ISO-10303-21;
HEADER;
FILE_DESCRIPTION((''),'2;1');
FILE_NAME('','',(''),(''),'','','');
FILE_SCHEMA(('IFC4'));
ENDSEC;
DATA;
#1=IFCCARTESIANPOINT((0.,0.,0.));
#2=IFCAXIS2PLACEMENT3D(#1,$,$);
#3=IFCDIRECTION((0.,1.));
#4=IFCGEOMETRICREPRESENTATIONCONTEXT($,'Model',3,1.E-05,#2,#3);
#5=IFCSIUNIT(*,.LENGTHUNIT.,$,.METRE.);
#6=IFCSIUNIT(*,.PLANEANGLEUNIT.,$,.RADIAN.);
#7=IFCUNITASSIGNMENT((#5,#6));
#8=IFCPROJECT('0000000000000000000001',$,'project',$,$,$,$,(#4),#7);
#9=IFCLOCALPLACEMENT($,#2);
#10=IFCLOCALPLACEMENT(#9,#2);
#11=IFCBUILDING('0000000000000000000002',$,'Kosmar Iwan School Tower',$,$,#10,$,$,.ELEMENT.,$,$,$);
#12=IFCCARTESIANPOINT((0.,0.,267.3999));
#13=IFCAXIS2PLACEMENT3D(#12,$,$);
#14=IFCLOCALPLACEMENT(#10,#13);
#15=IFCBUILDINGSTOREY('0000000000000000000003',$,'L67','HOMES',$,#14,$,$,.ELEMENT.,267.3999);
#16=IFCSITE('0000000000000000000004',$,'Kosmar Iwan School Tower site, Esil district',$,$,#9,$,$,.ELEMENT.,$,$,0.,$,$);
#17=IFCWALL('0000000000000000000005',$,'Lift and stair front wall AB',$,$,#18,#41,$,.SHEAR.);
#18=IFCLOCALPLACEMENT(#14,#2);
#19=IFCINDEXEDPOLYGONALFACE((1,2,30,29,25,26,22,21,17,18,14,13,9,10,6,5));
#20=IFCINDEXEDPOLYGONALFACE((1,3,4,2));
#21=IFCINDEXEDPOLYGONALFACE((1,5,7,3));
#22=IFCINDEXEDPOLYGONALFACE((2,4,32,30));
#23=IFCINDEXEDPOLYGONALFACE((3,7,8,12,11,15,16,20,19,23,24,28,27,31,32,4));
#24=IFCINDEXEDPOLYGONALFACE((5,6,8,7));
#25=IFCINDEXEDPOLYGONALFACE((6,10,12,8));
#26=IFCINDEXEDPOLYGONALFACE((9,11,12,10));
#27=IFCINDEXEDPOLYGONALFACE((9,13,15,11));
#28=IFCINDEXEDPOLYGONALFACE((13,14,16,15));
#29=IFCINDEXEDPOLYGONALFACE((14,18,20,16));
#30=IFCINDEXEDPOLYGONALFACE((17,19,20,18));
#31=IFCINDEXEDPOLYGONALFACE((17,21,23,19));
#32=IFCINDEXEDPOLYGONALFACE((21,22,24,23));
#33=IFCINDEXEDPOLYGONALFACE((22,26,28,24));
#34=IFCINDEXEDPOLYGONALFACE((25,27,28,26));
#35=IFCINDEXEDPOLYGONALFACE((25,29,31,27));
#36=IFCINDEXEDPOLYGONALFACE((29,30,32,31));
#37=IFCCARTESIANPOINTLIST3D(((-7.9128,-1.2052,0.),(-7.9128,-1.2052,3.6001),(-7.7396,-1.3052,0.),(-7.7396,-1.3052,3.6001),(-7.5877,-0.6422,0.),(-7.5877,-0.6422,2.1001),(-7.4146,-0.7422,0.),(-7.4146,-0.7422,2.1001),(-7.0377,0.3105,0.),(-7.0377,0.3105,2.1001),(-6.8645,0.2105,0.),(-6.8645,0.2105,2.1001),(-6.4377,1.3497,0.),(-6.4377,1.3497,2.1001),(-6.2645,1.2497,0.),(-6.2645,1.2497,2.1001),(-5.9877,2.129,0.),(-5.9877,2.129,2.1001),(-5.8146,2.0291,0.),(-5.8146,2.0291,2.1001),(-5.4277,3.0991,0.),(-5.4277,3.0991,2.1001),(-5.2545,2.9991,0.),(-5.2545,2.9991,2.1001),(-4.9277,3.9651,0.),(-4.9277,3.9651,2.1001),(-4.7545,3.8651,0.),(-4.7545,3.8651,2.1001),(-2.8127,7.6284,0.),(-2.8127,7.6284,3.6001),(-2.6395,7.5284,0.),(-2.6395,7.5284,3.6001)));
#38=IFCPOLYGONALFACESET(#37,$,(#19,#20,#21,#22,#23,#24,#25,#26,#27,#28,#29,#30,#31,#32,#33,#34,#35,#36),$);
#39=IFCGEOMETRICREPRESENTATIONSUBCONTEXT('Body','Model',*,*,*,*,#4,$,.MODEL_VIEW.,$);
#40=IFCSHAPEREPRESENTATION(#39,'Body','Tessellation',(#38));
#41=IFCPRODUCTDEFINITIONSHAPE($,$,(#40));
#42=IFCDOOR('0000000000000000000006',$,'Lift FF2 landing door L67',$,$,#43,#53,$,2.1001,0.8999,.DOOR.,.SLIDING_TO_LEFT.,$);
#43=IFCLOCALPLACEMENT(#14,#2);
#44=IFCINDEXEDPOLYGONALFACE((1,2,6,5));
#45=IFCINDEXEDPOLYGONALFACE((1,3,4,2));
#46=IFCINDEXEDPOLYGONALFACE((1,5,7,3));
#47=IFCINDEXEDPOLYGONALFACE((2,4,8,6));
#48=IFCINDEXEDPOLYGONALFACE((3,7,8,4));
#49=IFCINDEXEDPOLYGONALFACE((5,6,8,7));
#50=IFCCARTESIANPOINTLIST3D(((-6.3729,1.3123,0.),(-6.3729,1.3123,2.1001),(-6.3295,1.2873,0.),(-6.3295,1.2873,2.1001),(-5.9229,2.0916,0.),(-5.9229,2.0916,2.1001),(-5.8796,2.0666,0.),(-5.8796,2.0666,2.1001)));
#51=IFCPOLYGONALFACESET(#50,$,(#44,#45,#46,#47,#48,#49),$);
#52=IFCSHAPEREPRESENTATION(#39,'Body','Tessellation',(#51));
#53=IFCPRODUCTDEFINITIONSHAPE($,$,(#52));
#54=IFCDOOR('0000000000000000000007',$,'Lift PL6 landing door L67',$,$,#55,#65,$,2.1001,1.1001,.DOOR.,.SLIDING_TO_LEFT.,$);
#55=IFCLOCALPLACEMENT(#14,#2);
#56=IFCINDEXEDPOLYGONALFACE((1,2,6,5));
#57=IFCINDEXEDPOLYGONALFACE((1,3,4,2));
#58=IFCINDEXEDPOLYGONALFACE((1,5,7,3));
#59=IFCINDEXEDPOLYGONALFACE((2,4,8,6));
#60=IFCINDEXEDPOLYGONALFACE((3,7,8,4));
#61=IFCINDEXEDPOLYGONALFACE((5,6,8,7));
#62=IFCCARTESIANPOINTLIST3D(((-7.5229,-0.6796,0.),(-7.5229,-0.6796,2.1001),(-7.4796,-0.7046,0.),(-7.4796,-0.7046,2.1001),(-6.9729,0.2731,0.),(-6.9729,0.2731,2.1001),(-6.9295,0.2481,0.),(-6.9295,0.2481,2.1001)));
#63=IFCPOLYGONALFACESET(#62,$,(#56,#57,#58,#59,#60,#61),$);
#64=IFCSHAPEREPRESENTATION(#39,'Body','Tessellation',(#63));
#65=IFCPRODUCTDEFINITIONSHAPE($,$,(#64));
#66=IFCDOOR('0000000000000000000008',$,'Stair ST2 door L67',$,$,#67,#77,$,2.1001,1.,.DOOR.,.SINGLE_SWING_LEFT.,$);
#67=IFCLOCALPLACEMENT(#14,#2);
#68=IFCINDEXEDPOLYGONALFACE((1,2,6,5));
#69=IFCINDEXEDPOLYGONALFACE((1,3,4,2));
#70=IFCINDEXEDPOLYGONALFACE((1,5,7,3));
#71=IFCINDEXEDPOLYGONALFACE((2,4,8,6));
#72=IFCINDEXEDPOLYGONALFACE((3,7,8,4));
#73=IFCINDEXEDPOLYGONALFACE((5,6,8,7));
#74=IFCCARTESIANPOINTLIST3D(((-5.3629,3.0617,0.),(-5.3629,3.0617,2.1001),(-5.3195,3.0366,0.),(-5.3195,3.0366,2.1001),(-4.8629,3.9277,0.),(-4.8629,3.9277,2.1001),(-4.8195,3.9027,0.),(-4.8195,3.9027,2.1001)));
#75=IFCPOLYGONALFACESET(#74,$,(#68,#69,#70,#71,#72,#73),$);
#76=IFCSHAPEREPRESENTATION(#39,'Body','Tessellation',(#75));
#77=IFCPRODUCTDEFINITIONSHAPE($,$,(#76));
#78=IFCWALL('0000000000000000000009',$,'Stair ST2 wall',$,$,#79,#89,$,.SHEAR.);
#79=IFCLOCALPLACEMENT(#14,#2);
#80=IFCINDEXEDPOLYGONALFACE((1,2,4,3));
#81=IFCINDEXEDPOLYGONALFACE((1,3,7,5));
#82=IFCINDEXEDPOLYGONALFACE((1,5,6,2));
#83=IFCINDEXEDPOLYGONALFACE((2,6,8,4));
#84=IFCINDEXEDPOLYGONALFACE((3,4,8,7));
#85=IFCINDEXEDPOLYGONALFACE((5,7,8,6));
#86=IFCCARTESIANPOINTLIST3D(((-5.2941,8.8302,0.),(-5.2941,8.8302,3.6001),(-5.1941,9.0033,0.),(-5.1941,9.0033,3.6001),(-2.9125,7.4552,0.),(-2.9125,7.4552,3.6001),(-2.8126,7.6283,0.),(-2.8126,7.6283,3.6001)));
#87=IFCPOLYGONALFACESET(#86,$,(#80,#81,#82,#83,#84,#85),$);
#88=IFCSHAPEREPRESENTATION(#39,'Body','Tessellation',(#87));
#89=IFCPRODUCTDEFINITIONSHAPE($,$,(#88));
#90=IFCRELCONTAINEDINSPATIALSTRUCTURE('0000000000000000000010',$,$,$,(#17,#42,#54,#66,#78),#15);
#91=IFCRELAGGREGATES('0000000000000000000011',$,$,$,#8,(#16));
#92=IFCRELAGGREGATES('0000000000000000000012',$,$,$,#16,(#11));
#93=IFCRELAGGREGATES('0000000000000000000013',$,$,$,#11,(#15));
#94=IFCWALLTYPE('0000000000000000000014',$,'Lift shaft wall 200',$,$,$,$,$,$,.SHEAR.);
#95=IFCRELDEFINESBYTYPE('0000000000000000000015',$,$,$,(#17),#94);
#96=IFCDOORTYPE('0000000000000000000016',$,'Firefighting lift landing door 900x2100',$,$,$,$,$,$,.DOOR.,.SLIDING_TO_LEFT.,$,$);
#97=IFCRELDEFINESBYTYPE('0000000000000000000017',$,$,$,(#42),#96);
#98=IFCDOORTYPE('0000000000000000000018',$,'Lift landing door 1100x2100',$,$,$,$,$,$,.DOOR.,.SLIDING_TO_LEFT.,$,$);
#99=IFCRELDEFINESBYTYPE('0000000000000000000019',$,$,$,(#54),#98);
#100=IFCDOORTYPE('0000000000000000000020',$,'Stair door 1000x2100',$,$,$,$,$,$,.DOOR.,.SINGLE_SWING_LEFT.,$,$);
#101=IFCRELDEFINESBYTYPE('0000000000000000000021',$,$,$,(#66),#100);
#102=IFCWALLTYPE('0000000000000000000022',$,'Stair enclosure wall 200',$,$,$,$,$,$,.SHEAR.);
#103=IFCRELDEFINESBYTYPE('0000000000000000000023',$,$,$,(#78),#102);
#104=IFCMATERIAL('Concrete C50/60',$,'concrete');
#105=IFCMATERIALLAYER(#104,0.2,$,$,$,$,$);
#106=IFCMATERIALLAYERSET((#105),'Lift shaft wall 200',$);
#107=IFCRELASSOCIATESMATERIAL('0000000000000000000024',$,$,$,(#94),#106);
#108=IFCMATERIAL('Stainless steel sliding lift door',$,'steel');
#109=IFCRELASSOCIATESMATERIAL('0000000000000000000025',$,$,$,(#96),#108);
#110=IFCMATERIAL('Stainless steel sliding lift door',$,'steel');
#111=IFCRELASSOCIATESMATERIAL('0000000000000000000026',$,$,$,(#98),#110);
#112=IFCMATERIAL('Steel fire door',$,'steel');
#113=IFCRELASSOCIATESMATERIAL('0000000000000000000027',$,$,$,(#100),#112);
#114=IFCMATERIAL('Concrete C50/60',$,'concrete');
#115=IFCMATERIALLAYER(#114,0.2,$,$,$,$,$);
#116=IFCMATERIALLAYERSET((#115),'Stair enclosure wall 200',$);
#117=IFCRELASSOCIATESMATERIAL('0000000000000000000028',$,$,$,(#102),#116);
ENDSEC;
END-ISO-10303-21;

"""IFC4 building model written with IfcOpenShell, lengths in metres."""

from ifc_helpers import new_model, si_unit, direction, frame, frame_2d, origin, place, context, subcontext, project, spatial, rectangle, extrude, material, layer, layer_set, type_object, element, fill, save


model = new_model("IFC4")

# Units and contexts
model_context = context("Model", 3, precision=1e-05, world=origin(), true_north=direction((0.0, 1.0)))
body_context = subcontext(model_context, "Body", "Model", "MODEL_VIEW")
ifc_project = project(units=[si_unit("LENGTHUNIT", "METRE"), si_unit("PLANEANGLEUNIT", "RADIAN")], contexts=[model_context])

# Site, building, storey
site_placement = place(None, origin())
site = spatial("IfcSite", under=ifc_project, at=site_placement, Name="Kosmar Iwan School Tower site, Esil district", CompositionType="ELEMENT", RefElevation=0.0)
building_placement = place(site_placement, origin())
building = spatial("IfcBuilding", under=site, at=building_placement, Name="Kosmar Iwan School Tower", CompositionType="ELEMENT")
storey_placement = place(building_placement, frame((0.0, 0.0, 267.3999)))
storey = spatial("IfcBuildingStorey", under=building, at=storey_placement, Name="L67", Description="HOMES", CompositionType="ELEMENT", Elevation=267.3999)

# Wall, openings, doors
ifc_material_1 = material(Name="Concrete C50/60", Category="concrete")
ifc_layer_1 = layer(ifc_material_1, 0.2)
ifc_layer_set_1 = layer_set([ifc_layer_1], Name="Lift shaft wall 200")
wall_type_1 = type_object("IfcWallType", Name="Lift shaft wall 200", PredefinedType="SHEAR", material=ifc_layer_set_1)
wall_1_placement = place(storey_placement, frame((-2.7261, 7.5784, 0.0), z_axis=(0.0, 0.0, 1.0), x_axis=(-0.500006, -0.866022, 0.0)))
wall_1 = element("IfcWall", 1, at=wall_1_placement, inside=storey, type_object=wall_type_1, Name="Lift and stair front wall AB", PredefinedType="SHEAR", context=body_context, shape_type="SweptSolid", body=[
    extrude(rectangle(XDim=10.2002, YDim=0.2, at=frame_2d((5.1001, 0.0))), origin(), (0.0, 0.0, 1.0), 3.6001),
])
opening_1_placement = place(wall_1_placement, frame((6.3501, 0.0, 0.0)))
opening_1 = element("IfcOpeningElement", 2, at=opening_1_placement, cuts=wall_1, PredefinedType="OPENING", context=body_context, shape_type="SweptSolid", body=[
    extrude(rectangle(XDim=0.8999, YDim=2.1001, at=frame_2d((0.45, 1.05))), frame((0.0, 0.1121, 0.0), z_axis=(0.0, -1.0, 0.0), x_axis=(1.0, 0.0, 0.0)), (0.0, 0.0, 1.0), 0.2239),
])
opening_2_placement = place(wall_1_placement, frame((8.45, 0.0, 0.0)))
opening_2 = element("IfcOpeningElement", 3, at=opening_2_placement, cuts=wall_1, PredefinedType="OPENING", context=body_context, shape_type="SweptSolid", body=[
    extrude(rectangle(XDim=1.1001, YDim=2.1001, at=frame_2d((0.55, 1.05))), frame((0.0, 0.1121, 0.0), z_axis=(0.0, -1.0, 0.0), x_axis=(1.0, 0.0, 0.0)), (0.0, 0.0, 1.0), 0.2239),
])
opening_3_placement = place(wall_1_placement, frame((4.23, 0.0, 0.0)))
opening_3 = element("IfcOpeningElement", 4, at=opening_3_placement, cuts=wall_1, PredefinedType="OPENING", context=body_context, shape_type="SweptSolid", body=[
    extrude(rectangle(XDim=1.0, YDim=2.1001, at=frame_2d((0.5, 1.05))), frame((0.0, 0.1121, 0.0), z_axis=(0.0, -1.0, 0.0), x_axis=(1.0, 0.0, 0.0)), (0.0, 0.0, 1.0), 0.2239),
])
ifc_material_2 = material(Name="Stainless steel sliding lift door", Category="steel")
door_type_1 = type_object("IfcDoorType", Name="Firefighting lift landing door 900x2100", OperationType="SLIDING_TO_LEFT", PredefinedType="DOOR", material=ifc_material_2)
door_1_placement = place(opening_1_placement, origin())
door_1 = element("IfcDoor", 5, at=door_1_placement, inside=storey, type_object=door_type_1, Name="Lift FF2 landing door L67", OperationType="SLIDING_TO_LEFT", OverallHeight=2.1001, OverallWidth=0.8999, PredefinedType="DOOR", context=body_context, shape_type="SweptSolid", body=[
    extrude(rectangle(XDim=0.8999, YDim=2.1001, at=frame_2d((0.45, 1.05))), frame((0.0, 0.0249, 0.0), z_axis=(0.0, -1.0, 0.0), x_axis=(1.0, 0.0, 0.0)), (0.0, 0.0, 1.0), 0.05),
])
fill(opening_1, door_1)
ifc_material_3 = material(Name="Stainless steel sliding lift door", Category="steel")
door_type_2 = type_object("IfcDoorType", Name="Lift landing door 1100x2100", OperationType="SLIDING_TO_LEFT", PredefinedType="DOOR", material=ifc_material_3)
door_2_placement = place(opening_2_placement, origin())
door_2 = element("IfcDoor", 6, at=door_2_placement, inside=storey, type_object=door_type_2, Name="Lift PL6 landing door L67", OperationType="SLIDING_TO_LEFT", OverallHeight=2.1001, OverallWidth=1.1001, PredefinedType="DOOR", context=body_context, shape_type="SweptSolid", body=[
    extrude(rectangle(XDim=1.1001, YDim=2.1001, at=frame_2d((0.55, 1.05))), frame((0.0, 0.0249, 0.0), z_axis=(0.0, -1.0, 0.0), x_axis=(1.0, 0.0, 0.0)), (0.0, 0.0, 1.0), 0.05),
])
fill(opening_2, door_2)
ifc_material_4 = material(Name="Steel fire door", Category="steel")
door_type_3 = type_object("IfcDoorType", Name="Stair door 1000x2100", OperationType="SINGLE_SWING_LEFT", PredefinedType="DOOR", material=ifc_material_4)
door_3_placement = place(opening_3_placement, origin())
door_3 = element("IfcDoor", 7, at=door_3_placement, inside=storey, type_object=door_type_3, Name="Stair ST2 door L67", OperationType="SINGLE_SWING_LEFT", OverallHeight=2.1001, OverallWidth=1.0, PredefinedType="DOOR", context=body_context, shape_type="SweptSolid", body=[
    extrude(rectangle(XDim=1.0, YDim=2.1001, at=frame_2d((0.5, 1.05))), frame((0.0, 0.0249, 0.0), z_axis=(0.0, -1.0, 0.0), x_axis=(1.0, 0.0, 0.0)), (0.0, 0.0, 1.0), 0.05),
])
fill(opening_3, door_3)

# Wall
ifc_material_5 = material(Name="Concrete C50/60", Category="concrete")
ifc_layer_2 = layer(ifc_material_5, 0.2)
ifc_layer_set_2 = layer_set([ifc_layer_2], Name="Stair enclosure wall 200")
wall_type_2 = type_object("IfcWallType", Name="Stair enclosure wall 200", PredefinedType="SHEAR", material=ifc_layer_set_2)
wall_2_placement = place(storey_placement, frame((-2.8625, 7.5417, 0.0), z_axis=(0.0, 0.0, 1.0), x_axis=(-0.866027, 0.499997, 0.0)))
element("IfcWall", 8, at=wall_2_placement, inside=storey, type_object=wall_type_2, Name="Stair ST2 wall", PredefinedType="SHEAR", context=body_context, shape_type="SweptSolid", body=[
    extrude(rectangle(XDim=2.75, YDim=0.2, at=frame_2d((1.375, 0.0))), origin(), (0.0, 0.0, 1.0), 3.6001),
])

save(model, "model.ifc")
